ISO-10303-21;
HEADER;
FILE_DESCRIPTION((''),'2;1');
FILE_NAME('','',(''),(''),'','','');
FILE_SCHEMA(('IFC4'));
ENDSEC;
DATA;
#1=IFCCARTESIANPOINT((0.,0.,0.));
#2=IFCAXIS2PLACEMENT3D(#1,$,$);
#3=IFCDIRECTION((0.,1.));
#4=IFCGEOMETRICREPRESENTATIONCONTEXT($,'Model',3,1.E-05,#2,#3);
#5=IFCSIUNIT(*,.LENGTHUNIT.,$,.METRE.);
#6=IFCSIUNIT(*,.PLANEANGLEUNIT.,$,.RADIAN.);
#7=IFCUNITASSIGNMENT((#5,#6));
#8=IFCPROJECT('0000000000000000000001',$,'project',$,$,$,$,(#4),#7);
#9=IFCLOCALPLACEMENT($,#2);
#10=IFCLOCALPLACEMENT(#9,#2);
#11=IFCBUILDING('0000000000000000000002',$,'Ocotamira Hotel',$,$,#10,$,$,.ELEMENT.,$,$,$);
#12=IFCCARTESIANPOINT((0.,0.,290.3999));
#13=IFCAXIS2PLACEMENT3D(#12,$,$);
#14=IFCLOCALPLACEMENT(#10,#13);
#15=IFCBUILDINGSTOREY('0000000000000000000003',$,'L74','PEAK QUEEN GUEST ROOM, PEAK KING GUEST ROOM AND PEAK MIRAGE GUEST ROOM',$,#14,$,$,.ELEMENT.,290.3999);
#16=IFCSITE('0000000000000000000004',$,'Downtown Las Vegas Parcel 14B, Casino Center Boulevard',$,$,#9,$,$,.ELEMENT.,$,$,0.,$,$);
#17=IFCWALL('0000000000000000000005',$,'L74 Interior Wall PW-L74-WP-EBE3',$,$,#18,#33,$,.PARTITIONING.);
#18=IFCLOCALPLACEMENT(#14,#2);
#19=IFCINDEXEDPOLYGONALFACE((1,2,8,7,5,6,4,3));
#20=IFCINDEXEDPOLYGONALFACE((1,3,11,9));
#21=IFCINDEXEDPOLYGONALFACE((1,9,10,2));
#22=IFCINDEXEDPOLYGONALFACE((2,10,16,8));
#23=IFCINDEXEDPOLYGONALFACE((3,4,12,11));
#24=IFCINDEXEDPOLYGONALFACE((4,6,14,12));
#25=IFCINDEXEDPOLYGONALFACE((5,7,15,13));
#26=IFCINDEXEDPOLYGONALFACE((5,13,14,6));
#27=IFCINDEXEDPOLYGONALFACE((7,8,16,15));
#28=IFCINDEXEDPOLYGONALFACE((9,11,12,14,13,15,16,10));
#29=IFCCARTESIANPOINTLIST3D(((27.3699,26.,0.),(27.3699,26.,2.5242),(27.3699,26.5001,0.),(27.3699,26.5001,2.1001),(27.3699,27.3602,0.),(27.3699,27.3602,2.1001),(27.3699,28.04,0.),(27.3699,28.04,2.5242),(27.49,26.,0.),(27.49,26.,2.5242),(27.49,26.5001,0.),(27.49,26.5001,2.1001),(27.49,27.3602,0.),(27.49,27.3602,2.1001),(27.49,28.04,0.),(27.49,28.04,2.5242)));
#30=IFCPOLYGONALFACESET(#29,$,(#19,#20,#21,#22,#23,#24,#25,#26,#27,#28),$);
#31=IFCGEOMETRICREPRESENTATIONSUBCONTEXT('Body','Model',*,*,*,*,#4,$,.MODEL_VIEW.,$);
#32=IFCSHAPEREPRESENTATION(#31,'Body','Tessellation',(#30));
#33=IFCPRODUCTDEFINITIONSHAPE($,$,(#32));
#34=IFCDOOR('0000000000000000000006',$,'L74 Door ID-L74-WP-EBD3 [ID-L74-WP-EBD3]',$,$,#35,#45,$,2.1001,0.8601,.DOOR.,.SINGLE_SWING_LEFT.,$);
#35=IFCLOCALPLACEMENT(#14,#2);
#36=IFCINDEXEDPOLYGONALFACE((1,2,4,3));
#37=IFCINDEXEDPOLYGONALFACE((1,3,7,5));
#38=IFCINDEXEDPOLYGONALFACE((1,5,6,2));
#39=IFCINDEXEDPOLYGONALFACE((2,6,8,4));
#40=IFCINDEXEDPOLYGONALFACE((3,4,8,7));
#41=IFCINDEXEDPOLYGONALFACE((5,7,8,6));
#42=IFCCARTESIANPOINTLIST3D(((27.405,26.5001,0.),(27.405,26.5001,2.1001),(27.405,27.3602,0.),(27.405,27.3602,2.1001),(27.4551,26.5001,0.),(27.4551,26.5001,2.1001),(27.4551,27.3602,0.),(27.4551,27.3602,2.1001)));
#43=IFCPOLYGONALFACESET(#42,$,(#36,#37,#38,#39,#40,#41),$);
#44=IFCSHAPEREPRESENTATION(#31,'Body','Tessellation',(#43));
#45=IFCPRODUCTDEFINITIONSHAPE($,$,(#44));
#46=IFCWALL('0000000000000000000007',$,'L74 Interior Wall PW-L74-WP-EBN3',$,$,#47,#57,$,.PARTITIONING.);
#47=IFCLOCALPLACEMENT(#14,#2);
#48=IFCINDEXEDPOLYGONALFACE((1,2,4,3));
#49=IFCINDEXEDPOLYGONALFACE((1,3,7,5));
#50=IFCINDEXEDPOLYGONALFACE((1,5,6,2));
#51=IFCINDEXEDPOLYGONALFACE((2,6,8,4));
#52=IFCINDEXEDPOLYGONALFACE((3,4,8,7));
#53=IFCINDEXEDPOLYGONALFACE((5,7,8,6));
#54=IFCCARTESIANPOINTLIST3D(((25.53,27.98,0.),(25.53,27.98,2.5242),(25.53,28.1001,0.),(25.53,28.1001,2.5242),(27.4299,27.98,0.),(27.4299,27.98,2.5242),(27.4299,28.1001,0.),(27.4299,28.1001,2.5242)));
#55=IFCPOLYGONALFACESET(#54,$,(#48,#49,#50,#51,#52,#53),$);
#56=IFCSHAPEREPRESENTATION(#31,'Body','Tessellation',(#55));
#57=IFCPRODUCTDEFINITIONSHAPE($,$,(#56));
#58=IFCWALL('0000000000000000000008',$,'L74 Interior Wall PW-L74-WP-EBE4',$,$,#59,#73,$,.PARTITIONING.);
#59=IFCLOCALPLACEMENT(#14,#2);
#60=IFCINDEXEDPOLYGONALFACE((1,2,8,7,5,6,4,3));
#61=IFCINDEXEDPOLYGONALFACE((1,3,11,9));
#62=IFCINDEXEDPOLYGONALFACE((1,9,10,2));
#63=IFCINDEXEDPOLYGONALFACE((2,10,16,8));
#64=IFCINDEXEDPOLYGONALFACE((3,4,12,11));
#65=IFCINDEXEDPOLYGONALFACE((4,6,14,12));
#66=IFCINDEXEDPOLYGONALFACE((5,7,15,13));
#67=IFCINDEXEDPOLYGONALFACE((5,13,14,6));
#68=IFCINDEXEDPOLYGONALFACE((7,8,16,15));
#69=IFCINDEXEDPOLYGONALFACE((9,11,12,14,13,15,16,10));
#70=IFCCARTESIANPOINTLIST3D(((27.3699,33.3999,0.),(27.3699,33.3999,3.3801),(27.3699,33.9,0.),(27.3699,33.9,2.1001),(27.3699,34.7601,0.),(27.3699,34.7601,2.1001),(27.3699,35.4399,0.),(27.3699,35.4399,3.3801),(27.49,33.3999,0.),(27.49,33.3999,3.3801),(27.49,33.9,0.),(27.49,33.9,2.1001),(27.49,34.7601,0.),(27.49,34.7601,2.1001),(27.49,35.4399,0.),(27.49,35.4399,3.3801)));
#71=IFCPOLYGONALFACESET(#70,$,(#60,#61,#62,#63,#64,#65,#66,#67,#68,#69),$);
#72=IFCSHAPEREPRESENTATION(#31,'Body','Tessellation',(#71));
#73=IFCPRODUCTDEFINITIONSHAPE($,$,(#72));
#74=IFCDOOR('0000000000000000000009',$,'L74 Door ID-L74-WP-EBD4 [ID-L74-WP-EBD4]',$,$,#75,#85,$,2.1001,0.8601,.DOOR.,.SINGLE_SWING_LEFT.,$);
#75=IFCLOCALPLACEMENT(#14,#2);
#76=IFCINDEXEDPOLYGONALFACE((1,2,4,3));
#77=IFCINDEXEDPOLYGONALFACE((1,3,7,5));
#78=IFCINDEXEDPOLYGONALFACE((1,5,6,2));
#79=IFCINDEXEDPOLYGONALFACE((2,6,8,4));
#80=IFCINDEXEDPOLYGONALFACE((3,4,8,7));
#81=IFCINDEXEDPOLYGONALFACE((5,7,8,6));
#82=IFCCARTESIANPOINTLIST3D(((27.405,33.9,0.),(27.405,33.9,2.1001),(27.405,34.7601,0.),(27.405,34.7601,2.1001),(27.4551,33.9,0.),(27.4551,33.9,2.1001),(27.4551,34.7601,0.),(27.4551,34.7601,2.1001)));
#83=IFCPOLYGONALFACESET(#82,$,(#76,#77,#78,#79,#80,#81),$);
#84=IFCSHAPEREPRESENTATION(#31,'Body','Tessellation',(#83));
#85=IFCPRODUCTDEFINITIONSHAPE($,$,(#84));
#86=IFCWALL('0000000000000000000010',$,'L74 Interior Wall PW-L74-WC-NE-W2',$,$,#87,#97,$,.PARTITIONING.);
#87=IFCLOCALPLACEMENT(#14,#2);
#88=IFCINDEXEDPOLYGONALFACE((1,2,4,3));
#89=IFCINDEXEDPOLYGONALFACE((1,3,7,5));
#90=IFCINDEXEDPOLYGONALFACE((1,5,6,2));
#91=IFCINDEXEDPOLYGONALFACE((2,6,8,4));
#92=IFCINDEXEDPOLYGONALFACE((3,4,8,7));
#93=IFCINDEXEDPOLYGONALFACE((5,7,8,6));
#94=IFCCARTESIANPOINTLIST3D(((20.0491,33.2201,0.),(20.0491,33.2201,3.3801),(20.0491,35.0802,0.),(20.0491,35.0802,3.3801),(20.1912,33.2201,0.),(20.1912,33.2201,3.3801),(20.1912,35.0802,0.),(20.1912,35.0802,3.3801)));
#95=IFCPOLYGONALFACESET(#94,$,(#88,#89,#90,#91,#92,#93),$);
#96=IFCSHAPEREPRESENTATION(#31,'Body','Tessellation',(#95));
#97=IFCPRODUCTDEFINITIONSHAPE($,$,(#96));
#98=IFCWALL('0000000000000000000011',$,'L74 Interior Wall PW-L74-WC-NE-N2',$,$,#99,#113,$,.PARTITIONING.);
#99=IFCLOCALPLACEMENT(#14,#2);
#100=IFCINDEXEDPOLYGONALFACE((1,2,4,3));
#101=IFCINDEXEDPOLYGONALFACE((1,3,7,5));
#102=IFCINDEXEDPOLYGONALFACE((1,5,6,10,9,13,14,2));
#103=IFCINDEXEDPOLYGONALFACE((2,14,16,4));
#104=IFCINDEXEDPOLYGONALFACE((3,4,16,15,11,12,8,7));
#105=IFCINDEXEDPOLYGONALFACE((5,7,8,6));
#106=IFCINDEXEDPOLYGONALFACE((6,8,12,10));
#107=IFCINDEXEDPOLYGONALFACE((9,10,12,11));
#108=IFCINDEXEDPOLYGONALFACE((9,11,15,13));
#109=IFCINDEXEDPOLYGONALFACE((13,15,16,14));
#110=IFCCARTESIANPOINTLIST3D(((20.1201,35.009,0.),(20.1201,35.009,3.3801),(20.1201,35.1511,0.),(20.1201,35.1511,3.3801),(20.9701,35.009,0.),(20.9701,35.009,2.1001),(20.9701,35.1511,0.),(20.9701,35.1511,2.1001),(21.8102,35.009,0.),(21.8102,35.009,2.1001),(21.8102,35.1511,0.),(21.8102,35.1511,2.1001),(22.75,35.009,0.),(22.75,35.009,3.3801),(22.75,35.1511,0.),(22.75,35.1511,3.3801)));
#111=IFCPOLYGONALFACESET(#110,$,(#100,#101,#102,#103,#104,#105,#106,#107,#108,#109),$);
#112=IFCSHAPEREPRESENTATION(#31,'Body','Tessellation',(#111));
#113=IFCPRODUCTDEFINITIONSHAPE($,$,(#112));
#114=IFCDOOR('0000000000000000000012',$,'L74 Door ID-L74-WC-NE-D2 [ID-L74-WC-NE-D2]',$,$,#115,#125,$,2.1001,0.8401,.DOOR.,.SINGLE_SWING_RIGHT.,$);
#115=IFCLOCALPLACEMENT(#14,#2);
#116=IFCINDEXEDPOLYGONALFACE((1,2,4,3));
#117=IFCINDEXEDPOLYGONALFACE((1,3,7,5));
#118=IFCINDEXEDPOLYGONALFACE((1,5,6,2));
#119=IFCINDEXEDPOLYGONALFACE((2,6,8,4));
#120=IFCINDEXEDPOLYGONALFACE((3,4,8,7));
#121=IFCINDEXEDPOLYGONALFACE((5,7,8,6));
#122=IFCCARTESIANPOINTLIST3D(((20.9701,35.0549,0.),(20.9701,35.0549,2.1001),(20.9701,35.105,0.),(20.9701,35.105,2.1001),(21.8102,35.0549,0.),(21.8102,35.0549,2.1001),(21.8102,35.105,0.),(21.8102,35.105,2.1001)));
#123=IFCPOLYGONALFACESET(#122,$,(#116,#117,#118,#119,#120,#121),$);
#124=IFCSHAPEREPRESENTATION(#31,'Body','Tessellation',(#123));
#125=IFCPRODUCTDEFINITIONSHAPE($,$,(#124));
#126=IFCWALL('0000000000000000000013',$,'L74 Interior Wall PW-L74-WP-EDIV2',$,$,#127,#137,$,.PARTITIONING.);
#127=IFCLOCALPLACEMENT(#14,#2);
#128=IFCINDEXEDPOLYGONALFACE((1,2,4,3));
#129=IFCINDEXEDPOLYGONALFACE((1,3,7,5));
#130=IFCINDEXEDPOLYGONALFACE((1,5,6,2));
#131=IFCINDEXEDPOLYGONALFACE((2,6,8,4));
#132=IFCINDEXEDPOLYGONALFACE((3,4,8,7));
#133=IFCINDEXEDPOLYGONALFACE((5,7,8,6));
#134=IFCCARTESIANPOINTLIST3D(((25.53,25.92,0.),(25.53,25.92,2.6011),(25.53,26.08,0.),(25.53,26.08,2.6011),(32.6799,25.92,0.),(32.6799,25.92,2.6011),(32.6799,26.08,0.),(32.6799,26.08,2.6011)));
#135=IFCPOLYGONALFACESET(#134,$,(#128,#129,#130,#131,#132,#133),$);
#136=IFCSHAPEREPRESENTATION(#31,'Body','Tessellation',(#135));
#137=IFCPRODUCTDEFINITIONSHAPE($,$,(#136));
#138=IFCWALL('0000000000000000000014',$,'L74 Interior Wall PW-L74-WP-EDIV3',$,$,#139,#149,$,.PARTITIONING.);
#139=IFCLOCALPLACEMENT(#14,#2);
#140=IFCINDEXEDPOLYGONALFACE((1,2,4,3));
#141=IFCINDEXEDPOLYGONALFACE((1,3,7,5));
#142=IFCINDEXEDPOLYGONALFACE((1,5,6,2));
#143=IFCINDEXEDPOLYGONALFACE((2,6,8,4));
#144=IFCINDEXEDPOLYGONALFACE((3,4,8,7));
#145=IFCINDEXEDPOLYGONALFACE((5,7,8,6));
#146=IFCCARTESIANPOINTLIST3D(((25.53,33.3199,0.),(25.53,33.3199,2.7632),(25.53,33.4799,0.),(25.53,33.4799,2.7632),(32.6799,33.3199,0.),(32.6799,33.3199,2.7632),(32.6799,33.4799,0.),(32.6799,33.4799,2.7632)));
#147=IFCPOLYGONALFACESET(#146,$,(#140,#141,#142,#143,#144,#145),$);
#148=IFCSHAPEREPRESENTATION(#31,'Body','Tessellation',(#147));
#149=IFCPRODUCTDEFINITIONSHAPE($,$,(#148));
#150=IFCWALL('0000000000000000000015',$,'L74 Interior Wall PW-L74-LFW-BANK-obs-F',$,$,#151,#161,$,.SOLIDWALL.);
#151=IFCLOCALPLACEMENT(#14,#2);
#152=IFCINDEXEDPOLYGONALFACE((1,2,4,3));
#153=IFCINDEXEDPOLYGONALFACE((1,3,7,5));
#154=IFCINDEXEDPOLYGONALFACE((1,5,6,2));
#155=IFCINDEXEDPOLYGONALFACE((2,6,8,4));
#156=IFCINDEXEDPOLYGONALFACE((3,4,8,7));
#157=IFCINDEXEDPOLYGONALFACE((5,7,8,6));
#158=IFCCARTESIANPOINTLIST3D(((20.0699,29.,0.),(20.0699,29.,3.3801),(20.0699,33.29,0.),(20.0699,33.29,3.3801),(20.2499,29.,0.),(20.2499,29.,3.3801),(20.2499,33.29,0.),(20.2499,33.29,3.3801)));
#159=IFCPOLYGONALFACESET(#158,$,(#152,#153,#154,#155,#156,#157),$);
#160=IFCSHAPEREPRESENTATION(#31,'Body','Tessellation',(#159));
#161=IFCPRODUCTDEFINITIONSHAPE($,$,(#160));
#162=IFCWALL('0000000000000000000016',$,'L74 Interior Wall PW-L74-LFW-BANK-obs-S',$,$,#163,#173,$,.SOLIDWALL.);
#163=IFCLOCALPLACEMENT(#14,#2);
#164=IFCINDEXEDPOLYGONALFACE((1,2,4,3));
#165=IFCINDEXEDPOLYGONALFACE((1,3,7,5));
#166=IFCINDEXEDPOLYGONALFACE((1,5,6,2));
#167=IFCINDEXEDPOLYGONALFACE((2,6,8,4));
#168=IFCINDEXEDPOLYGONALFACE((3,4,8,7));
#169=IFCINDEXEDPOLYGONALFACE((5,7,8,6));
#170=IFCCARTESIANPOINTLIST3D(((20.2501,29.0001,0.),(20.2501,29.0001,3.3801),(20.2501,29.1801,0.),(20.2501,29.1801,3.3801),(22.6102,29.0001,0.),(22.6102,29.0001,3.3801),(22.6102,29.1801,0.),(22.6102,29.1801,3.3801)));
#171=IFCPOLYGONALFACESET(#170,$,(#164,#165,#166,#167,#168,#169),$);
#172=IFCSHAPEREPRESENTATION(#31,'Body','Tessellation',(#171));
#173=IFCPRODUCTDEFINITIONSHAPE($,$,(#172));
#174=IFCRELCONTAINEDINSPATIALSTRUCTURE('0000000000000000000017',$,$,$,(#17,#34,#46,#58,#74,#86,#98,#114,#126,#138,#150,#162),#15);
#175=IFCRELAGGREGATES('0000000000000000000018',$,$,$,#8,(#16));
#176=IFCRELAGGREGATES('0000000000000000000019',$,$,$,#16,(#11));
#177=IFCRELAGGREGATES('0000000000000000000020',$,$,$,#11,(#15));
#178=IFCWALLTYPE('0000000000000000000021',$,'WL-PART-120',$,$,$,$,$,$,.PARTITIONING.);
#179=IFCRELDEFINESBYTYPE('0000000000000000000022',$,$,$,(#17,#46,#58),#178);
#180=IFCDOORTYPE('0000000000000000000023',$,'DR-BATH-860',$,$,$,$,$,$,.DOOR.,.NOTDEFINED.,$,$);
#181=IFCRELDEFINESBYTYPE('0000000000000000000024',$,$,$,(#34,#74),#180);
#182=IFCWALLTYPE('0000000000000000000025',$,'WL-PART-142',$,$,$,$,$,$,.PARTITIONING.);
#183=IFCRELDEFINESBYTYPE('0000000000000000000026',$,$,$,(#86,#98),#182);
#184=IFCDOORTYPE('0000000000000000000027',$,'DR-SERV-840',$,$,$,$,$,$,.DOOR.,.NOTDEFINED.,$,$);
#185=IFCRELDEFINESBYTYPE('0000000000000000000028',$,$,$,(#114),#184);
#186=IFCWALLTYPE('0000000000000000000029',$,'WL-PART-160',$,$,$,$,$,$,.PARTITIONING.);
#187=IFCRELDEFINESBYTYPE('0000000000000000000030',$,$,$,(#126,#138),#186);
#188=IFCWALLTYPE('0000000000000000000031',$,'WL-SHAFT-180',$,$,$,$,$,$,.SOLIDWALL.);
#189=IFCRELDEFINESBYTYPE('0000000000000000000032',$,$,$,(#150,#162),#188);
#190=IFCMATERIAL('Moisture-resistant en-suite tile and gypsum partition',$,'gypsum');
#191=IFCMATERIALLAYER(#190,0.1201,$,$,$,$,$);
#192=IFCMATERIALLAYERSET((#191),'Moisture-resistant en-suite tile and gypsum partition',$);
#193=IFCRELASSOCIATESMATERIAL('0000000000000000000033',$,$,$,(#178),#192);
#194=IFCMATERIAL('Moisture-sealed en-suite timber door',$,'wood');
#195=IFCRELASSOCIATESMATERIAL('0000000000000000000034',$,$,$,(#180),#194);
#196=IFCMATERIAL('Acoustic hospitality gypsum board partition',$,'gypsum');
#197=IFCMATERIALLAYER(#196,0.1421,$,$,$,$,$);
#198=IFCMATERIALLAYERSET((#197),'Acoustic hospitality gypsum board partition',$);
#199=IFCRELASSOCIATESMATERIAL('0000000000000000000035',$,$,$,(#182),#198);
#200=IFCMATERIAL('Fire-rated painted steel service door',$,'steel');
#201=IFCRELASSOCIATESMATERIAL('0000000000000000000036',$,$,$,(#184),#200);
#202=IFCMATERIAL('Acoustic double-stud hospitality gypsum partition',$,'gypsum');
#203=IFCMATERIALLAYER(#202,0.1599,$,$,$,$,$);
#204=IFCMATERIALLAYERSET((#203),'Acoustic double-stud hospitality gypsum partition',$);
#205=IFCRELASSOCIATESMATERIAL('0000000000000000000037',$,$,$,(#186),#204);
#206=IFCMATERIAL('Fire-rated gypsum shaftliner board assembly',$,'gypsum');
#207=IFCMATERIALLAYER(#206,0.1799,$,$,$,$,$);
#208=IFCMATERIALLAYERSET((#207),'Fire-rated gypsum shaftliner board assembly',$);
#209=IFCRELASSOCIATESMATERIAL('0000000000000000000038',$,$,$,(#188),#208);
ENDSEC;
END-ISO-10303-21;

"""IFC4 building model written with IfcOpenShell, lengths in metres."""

from ifc_helpers import new_model, si_unit, direction, frame, frame_2d, origin, place, context, subcontext, project, spatial, rectangle, extrude, source, transform, mapped, material, layer, layer_set, type_object, element, fill, save


model = new_model("IFC4")

# Units and contexts
model_context = context("Model", 3, precision=1e-05, world=origin(), true_north=direction((0.0, 1.0)))
body_context = subcontext(model_context, "Body", "Model", "MODEL_VIEW")
ifc_project = project(units=[si_unit("LENGTHUNIT", "METRE"), si_unit("PLANEANGLEUNIT", "RADIAN")], contexts=[model_context])

# Site, building, storey
site_placement = place(None, origin())
site = spatial("IfcSite", under=ifc_project, at=site_placement, Name="Downtown Las Vegas Parcel 14B, Casino Center Boulevard", CompositionType="ELEMENT", RefElevation=0.0)
building_placement = place(site_placement, origin())
building = spatial("IfcBuilding", under=site, at=building_placement, Name="Ocotamira Hotel", CompositionType="ELEMENT")
storey_placement = place(building_placement, frame((0.0, 0.0, 290.3999)))
storey = spatial("IfcBuildingStorey", under=building, at=storey_placement, Name="L74", Description="PEAK QUEEN GUEST ROOM, PEAK KING GUEST ROOM AND PEAK MIRAGE GUEST ROOM", CompositionType="ELEMENT", Elevation=290.3999)

# Wall, opening, door
ifc_material_1 = material(Name="Moisture-resistant en-suite tile and gypsum partition", Category="gypsum")
ifc_layer_1 = layer(ifc_material_1, 0.1201)
ifc_layer_set_1 = layer_set([ifc_layer_1], Name="Moisture-resistant en-suite tile and gypsum partition")
wall_type_1 = type_object("IfcWallType", Name="WL-PART-120", PredefinedType="PARTITIONING", material=ifc_layer_set_1)
wall_1_placement = place(storey_placement, frame((27.4299, 26.0, 0.0), z_axis=(0.0, 0.0, 1.0), x_axis=(0.0, 1.0, 0.0)))
wall_1 = element("IfcWall", 1, at=wall_1_placement, inside=storey, type_object=wall_type_1, Name="L74 Interior Wall PW-L74-WP-EBE3", PredefinedType="PARTITIONING", context=body_context, shape_type="SweptSolid", body=[
    extrude(rectangle(XDim=2.04, YDim=0.1201, at=frame_2d((1.02, 0.0))), origin(), (0.0, 0.0, 1.0), 2.5242),
])
opening_1_placement = place(wall_1_placement, frame((0.5, 0.0, 0.0)))
opening_1 = element("IfcOpeningElement", 2, at=opening_1_placement, cuts=wall_1, PredefinedType="OPENING", context=body_context, shape_type="SweptSolid", body=[
    extrude(rectangle(XDim=0.8601, YDim=2.1001, at=frame_2d((0.4302, 1.05))), frame((0.0, 0.0701, 0.0), z_axis=(0.0, -1.0, 0.0), x_axis=(1.0, 0.0, 0.0)), (0.0, 0.0, 1.0), 0.1401),
])
ifc_material_2 = material(Name="Moisture-sealed en-suite timber door", Category="wood")
door_type_1 = type_object("IfcDoorType", Name="DR-BATH-860", OperationType="NOTDEFINED", PredefinedType="DOOR", material=ifc_material_2)
shared_shape_1 = source(origin(), body_context, "Body", "SweptSolid", [
    extrude(rectangle(XDim=0.8601, YDim=2.1001, at=frame_2d((0.4302, 1.05))), frame((0.0, 0.0249, 0.0), z_axis=(0.0, -1.0, 0.0), x_axis=(1.0, 0.0, 0.0)), (0.0, 0.0, 1.0), 0.05),
])
door_1_placement = place(opening_1_placement, origin())
door_1 = element("IfcDoor", 3, at=door_1_placement, inside=storey, type_object=door_type_1, Name="L74 Door ID-L74-WP-EBD3 [ID-L74-WP-EBD3]", OperationType="SINGLE_SWING_LEFT", OverallHeight=2.1001, OverallWidth=0.8601, PredefinedType="DOOR", context=body_context, shape_type="MappedRepresentation", body=[
    mapped(shared_shape_1, transform((0.0, 0.0, 0.0), scale=1.0)),
])
fill(opening_1, door_1)

# Wall
wall_2_placement = place(storey_placement, frame((25.53, 28.04, 0.0), z_axis=(0.0, 0.0, 1.0), x_axis=(1.0, 0.0, 0.0)))
element("IfcWall", 4, at=wall_2_placement, inside=storey, type_object=wall_type_1, Name="L74 Interior Wall PW-L74-WP-EBN3", PredefinedType="PARTITIONING", context=body_context, shape_type="SweptSolid", body=[
    extrude(rectangle(XDim=1.8999, YDim=0.1201, at=frame_2d((0.95, 0.0))), origin(), (0.0, 0.0, 1.0), 2.5242),
])

# Wall, opening, door
wall_3_placement = place(storey_placement, frame((27.4299, 33.3999, 0.0), z_axis=(0.0, 0.0, 1.0), x_axis=(0.0, 1.0, 0.0)))
wall_3 = element("IfcWall", 5, at=wall_3_placement, inside=storey, type_object=wall_type_1, Name="L74 Interior Wall PW-L74-WP-EBE4", PredefinedType="PARTITIONING", context=body_context, shape_type="SweptSolid", body=[
    extrude(rectangle(XDim=2.04, YDim=0.1201, at=frame_2d((1.02, 0.0))), origin(), (0.0, 0.0, 1.0), 3.3801),
])
opening_2_placement = place(wall_3_placement, frame((0.5, 0.0, 0.0)))
opening_2 = element("IfcOpeningElement", 6, at=opening_2_placement, cuts=wall_3, PredefinedType="OPENING", context=body_context, shape_type="SweptSolid", body=[
    extrude(rectangle(XDim=0.8601, YDim=2.1001, at=frame_2d((0.4302, 1.05))), frame((0.0, 0.0701, 0.0), z_axis=(0.0, -1.0, 0.0), x_axis=(1.0, 0.0, 0.0)), (0.0, 0.0, 1.0), 0.1401),
])
door_2_placement = place(opening_2_placement, origin())
door_2 = element("IfcDoor", 7, at=door_2_placement, inside=storey, type_object=door_type_1, Name="L74 Door ID-L74-WP-EBD4 [ID-L74-WP-EBD4]", OperationType="SINGLE_SWING_LEFT", OverallHeight=2.1001, OverallWidth=0.8601, PredefinedType="DOOR", context=body_context, shape_type="MappedRepresentation", body=[
    mapped(shared_shape_1, transform((0.0, 0.0, 0.0), scale=1.0)),
])
fill(opening_2, door_2)

# Wall
ifc_material_3 = material(Name="Acoustic hospitality gypsum board partition", Category="gypsum")
ifc_layer_2 = layer(ifc_material_3, 0.1421)
ifc_layer_set_2 = layer_set([ifc_layer_2], Name="Acoustic hospitality gypsum board partition")
wall_type_2 = type_object("IfcWallType", Name="WL-PART-142", PredefinedType="PARTITIONING", material=ifc_layer_set_2)
wall_4_placement = place(storey_placement, frame((20.1201, 33.22, 0.0), z_axis=(0.0, 0.0, 1.0), x_axis=(0.0, 1.0, 0.0)))
element("IfcWall", 8, at=wall_4_placement, inside=storey, type_object=wall_type_2, Name="L74 Interior Wall PW-L74-WC-NE-W2", PredefinedType="PARTITIONING", context=body_context, shape_type="SweptSolid", body=[
    extrude(rectangle(XDim=1.8601, YDim=0.1421, at=frame_2d((0.9302, 0.0))), origin(), (0.0, 0.0, 1.0), 3.3801),
])

# Wall, opening, door
wall_5_placement = place(storey_placement, frame((20.1201, 35.0801, 0.0), z_axis=(0.0, 0.0, 1.0), x_axis=(1.0, 0.0, 0.0)))
wall_5 = element("IfcWall", 9, at=wall_5_placement, inside=storey, type_object=wall_type_2, Name="L74 Interior Wall PW-L74-WC-NE-N2", PredefinedType="PARTITIONING", context=body_context, shape_type="SweptSolid", body=[
    extrude(rectangle(XDim=2.6299, YDim=0.1421, at=frame_2d((1.3149, 0.0))), origin(), (0.0, 0.0, 1.0), 3.3801),
])
opening_3_placement = place(wall_5_placement, frame((0.8501, 0.0, 0.0)))
opening_3 = element("IfcOpeningElement", 10, at=opening_3_placement, cuts=wall_5, PredefinedType="OPENING", context=body_context, shape_type="SweptSolid", body=[
    extrude(rectangle(XDim=0.8401, YDim=2.1001, at=frame_2d((0.4199, 1.05))), frame((0.0, 0.0811, 0.0), z_axis=(0.0, -1.0, 0.0), x_axis=(1.0, 0.0, 0.0)), (0.0, 0.0, 1.0), 0.1621),
])
ifc_material_4 = material(Name="Fire-rated painted steel service door", Category="steel")
door_type_2 = type_object("IfcDoorType", Name="DR-SERV-840", OperationType="NOTDEFINED", PredefinedType="DOOR", material=ifc_material_4)
shared_shape_2 = source(origin(), body_context, "Body", "SweptSolid", [
    extrude(rectangle(XDim=0.8401, YDim=2.1001, at=frame_2d((0.4199, 1.05))), frame((0.0, 0.0249, 0.0), z_axis=(0.0, -1.0, 0.0), x_axis=(1.0, 0.0, 0.0)), (0.0, 0.0, 1.0), 0.05),
])
door_3_placement = place(opening_3_placement, origin())
door_3 = element("IfcDoor", 11, at=door_3_placement, inside=storey, type_object=door_type_2, Name="L74 Door ID-L74-WC-NE-D2 [ID-L74-WC-NE-D2]", OperationType="SINGLE_SWING_RIGHT", OverallHeight=2.1001, OverallWidth=0.8401, PredefinedType="DOOR", context=body_context, shape_type="MappedRepresentation", body=[
    mapped(shared_shape_2, transform((0.0, 0.0, 0.0), scale=1.0)),
])
fill(opening_3, door_3)

# Walls
ifc_material_5 = material(Name="Acoustic double-stud hospitality gypsum partition", Category="gypsum")
ifc_layer_3 = layer(ifc_material_5, 0.1599)
ifc_layer_set_3 = layer_set([ifc_layer_3], Name="Acoustic double-stud hospitality gypsum partition")
wall_type_3 = type_object("IfcWallType", Name="WL-PART-160", PredefinedType="PARTITIONING", material=ifc_layer_set_3)
wall_6_placement = place(storey_placement, frame((25.53, 26.0, 0.0), z_axis=(0.0, 0.0, 1.0), x_axis=(1.0, 0.0, 0.0)))
element("IfcWall", 12, at=wall_6_placement, inside=storey, type_object=wall_type_3, Name="L74 Interior Wall PW-L74-WP-EDIV2", PredefinedType="PARTITIONING", context=body_context, shape_type="SweptSolid", body=[
    extrude(rectangle(XDim=7.1499, YDim=0.1599, at=frame_2d((3.575, 0.0))), origin(), (0.0, 0.0, 1.0), 2.6011),
])
wall_7_placement = place(storey_placement, frame((25.53, 33.3999, 0.0), z_axis=(0.0, 0.0, 1.0), x_axis=(1.0, 0.0, 0.0)))
element("IfcWall", 13, at=wall_7_placement, inside=storey, type_object=wall_type_3, Name="L74 Interior Wall PW-L74-WP-EDIV3", PredefinedType="PARTITIONING", context=body_context, shape_type="SweptSolid", body=[
    extrude(rectangle(XDim=7.1499, YDim=0.1599, at=frame_2d((3.575, 0.0))), origin(), (0.0, 0.0, 1.0), 2.7632),
])
ifc_material_6 = material(Name="Fire-rated gypsum shaftliner board assembly", Category="gypsum")
ifc_layer_4 = layer(ifc_material_6, 0.1799)
ifc_layer_set_4 = layer_set([ifc_layer_4], Name="Fire-rated gypsum shaftliner board assembly")
wall_type_4 = type_object("IfcWallType", Name="WL-SHAFT-180", PredefinedType="SOLIDWALL", material=ifc_layer_set_4)
wall_8_placement = place(storey_placement, frame((20.1599, 29.0, 0.0), z_axis=(0.0, 0.0, 1.0), x_axis=(0.0, 1.0, 0.0)))
element("IfcWall", 14, at=wall_8_placement, inside=storey, type_object=wall_type_4, Name="L74 Interior Wall PW-L74-LFW-BANK-obs-F", PredefinedType="SOLIDWALL", context=body_context, shape_type="SweptSolid", body=[
    extrude(rectangle(XDim=4.29, YDim=0.1799, at=frame_2d((2.145, 0.0))), origin(), (0.0, 0.0, 1.0), 3.3801),
])
wall_9_placement = place(storey_placement, frame((20.25, 29.0901, 0.0), z_axis=(0.0, 0.0, 1.0), x_axis=(1.0, 0.0, 0.0)))
element("IfcWall", 15, at=wall_9_placement, inside=storey, type_object=wall_type_4, Name="L74 Interior Wall PW-L74-LFW-BANK-obs-S", PredefinedType="SOLIDWALL", context=body_context, shape_type="SweptSolid", body=[
    extrude(rectangle(XDim=2.3601, YDim=0.1799, at=frame_2d((1.1802, 0.0))), origin(), (0.0, 0.0, 1.0), 3.3801),
])

save(model, "model.ifc")
